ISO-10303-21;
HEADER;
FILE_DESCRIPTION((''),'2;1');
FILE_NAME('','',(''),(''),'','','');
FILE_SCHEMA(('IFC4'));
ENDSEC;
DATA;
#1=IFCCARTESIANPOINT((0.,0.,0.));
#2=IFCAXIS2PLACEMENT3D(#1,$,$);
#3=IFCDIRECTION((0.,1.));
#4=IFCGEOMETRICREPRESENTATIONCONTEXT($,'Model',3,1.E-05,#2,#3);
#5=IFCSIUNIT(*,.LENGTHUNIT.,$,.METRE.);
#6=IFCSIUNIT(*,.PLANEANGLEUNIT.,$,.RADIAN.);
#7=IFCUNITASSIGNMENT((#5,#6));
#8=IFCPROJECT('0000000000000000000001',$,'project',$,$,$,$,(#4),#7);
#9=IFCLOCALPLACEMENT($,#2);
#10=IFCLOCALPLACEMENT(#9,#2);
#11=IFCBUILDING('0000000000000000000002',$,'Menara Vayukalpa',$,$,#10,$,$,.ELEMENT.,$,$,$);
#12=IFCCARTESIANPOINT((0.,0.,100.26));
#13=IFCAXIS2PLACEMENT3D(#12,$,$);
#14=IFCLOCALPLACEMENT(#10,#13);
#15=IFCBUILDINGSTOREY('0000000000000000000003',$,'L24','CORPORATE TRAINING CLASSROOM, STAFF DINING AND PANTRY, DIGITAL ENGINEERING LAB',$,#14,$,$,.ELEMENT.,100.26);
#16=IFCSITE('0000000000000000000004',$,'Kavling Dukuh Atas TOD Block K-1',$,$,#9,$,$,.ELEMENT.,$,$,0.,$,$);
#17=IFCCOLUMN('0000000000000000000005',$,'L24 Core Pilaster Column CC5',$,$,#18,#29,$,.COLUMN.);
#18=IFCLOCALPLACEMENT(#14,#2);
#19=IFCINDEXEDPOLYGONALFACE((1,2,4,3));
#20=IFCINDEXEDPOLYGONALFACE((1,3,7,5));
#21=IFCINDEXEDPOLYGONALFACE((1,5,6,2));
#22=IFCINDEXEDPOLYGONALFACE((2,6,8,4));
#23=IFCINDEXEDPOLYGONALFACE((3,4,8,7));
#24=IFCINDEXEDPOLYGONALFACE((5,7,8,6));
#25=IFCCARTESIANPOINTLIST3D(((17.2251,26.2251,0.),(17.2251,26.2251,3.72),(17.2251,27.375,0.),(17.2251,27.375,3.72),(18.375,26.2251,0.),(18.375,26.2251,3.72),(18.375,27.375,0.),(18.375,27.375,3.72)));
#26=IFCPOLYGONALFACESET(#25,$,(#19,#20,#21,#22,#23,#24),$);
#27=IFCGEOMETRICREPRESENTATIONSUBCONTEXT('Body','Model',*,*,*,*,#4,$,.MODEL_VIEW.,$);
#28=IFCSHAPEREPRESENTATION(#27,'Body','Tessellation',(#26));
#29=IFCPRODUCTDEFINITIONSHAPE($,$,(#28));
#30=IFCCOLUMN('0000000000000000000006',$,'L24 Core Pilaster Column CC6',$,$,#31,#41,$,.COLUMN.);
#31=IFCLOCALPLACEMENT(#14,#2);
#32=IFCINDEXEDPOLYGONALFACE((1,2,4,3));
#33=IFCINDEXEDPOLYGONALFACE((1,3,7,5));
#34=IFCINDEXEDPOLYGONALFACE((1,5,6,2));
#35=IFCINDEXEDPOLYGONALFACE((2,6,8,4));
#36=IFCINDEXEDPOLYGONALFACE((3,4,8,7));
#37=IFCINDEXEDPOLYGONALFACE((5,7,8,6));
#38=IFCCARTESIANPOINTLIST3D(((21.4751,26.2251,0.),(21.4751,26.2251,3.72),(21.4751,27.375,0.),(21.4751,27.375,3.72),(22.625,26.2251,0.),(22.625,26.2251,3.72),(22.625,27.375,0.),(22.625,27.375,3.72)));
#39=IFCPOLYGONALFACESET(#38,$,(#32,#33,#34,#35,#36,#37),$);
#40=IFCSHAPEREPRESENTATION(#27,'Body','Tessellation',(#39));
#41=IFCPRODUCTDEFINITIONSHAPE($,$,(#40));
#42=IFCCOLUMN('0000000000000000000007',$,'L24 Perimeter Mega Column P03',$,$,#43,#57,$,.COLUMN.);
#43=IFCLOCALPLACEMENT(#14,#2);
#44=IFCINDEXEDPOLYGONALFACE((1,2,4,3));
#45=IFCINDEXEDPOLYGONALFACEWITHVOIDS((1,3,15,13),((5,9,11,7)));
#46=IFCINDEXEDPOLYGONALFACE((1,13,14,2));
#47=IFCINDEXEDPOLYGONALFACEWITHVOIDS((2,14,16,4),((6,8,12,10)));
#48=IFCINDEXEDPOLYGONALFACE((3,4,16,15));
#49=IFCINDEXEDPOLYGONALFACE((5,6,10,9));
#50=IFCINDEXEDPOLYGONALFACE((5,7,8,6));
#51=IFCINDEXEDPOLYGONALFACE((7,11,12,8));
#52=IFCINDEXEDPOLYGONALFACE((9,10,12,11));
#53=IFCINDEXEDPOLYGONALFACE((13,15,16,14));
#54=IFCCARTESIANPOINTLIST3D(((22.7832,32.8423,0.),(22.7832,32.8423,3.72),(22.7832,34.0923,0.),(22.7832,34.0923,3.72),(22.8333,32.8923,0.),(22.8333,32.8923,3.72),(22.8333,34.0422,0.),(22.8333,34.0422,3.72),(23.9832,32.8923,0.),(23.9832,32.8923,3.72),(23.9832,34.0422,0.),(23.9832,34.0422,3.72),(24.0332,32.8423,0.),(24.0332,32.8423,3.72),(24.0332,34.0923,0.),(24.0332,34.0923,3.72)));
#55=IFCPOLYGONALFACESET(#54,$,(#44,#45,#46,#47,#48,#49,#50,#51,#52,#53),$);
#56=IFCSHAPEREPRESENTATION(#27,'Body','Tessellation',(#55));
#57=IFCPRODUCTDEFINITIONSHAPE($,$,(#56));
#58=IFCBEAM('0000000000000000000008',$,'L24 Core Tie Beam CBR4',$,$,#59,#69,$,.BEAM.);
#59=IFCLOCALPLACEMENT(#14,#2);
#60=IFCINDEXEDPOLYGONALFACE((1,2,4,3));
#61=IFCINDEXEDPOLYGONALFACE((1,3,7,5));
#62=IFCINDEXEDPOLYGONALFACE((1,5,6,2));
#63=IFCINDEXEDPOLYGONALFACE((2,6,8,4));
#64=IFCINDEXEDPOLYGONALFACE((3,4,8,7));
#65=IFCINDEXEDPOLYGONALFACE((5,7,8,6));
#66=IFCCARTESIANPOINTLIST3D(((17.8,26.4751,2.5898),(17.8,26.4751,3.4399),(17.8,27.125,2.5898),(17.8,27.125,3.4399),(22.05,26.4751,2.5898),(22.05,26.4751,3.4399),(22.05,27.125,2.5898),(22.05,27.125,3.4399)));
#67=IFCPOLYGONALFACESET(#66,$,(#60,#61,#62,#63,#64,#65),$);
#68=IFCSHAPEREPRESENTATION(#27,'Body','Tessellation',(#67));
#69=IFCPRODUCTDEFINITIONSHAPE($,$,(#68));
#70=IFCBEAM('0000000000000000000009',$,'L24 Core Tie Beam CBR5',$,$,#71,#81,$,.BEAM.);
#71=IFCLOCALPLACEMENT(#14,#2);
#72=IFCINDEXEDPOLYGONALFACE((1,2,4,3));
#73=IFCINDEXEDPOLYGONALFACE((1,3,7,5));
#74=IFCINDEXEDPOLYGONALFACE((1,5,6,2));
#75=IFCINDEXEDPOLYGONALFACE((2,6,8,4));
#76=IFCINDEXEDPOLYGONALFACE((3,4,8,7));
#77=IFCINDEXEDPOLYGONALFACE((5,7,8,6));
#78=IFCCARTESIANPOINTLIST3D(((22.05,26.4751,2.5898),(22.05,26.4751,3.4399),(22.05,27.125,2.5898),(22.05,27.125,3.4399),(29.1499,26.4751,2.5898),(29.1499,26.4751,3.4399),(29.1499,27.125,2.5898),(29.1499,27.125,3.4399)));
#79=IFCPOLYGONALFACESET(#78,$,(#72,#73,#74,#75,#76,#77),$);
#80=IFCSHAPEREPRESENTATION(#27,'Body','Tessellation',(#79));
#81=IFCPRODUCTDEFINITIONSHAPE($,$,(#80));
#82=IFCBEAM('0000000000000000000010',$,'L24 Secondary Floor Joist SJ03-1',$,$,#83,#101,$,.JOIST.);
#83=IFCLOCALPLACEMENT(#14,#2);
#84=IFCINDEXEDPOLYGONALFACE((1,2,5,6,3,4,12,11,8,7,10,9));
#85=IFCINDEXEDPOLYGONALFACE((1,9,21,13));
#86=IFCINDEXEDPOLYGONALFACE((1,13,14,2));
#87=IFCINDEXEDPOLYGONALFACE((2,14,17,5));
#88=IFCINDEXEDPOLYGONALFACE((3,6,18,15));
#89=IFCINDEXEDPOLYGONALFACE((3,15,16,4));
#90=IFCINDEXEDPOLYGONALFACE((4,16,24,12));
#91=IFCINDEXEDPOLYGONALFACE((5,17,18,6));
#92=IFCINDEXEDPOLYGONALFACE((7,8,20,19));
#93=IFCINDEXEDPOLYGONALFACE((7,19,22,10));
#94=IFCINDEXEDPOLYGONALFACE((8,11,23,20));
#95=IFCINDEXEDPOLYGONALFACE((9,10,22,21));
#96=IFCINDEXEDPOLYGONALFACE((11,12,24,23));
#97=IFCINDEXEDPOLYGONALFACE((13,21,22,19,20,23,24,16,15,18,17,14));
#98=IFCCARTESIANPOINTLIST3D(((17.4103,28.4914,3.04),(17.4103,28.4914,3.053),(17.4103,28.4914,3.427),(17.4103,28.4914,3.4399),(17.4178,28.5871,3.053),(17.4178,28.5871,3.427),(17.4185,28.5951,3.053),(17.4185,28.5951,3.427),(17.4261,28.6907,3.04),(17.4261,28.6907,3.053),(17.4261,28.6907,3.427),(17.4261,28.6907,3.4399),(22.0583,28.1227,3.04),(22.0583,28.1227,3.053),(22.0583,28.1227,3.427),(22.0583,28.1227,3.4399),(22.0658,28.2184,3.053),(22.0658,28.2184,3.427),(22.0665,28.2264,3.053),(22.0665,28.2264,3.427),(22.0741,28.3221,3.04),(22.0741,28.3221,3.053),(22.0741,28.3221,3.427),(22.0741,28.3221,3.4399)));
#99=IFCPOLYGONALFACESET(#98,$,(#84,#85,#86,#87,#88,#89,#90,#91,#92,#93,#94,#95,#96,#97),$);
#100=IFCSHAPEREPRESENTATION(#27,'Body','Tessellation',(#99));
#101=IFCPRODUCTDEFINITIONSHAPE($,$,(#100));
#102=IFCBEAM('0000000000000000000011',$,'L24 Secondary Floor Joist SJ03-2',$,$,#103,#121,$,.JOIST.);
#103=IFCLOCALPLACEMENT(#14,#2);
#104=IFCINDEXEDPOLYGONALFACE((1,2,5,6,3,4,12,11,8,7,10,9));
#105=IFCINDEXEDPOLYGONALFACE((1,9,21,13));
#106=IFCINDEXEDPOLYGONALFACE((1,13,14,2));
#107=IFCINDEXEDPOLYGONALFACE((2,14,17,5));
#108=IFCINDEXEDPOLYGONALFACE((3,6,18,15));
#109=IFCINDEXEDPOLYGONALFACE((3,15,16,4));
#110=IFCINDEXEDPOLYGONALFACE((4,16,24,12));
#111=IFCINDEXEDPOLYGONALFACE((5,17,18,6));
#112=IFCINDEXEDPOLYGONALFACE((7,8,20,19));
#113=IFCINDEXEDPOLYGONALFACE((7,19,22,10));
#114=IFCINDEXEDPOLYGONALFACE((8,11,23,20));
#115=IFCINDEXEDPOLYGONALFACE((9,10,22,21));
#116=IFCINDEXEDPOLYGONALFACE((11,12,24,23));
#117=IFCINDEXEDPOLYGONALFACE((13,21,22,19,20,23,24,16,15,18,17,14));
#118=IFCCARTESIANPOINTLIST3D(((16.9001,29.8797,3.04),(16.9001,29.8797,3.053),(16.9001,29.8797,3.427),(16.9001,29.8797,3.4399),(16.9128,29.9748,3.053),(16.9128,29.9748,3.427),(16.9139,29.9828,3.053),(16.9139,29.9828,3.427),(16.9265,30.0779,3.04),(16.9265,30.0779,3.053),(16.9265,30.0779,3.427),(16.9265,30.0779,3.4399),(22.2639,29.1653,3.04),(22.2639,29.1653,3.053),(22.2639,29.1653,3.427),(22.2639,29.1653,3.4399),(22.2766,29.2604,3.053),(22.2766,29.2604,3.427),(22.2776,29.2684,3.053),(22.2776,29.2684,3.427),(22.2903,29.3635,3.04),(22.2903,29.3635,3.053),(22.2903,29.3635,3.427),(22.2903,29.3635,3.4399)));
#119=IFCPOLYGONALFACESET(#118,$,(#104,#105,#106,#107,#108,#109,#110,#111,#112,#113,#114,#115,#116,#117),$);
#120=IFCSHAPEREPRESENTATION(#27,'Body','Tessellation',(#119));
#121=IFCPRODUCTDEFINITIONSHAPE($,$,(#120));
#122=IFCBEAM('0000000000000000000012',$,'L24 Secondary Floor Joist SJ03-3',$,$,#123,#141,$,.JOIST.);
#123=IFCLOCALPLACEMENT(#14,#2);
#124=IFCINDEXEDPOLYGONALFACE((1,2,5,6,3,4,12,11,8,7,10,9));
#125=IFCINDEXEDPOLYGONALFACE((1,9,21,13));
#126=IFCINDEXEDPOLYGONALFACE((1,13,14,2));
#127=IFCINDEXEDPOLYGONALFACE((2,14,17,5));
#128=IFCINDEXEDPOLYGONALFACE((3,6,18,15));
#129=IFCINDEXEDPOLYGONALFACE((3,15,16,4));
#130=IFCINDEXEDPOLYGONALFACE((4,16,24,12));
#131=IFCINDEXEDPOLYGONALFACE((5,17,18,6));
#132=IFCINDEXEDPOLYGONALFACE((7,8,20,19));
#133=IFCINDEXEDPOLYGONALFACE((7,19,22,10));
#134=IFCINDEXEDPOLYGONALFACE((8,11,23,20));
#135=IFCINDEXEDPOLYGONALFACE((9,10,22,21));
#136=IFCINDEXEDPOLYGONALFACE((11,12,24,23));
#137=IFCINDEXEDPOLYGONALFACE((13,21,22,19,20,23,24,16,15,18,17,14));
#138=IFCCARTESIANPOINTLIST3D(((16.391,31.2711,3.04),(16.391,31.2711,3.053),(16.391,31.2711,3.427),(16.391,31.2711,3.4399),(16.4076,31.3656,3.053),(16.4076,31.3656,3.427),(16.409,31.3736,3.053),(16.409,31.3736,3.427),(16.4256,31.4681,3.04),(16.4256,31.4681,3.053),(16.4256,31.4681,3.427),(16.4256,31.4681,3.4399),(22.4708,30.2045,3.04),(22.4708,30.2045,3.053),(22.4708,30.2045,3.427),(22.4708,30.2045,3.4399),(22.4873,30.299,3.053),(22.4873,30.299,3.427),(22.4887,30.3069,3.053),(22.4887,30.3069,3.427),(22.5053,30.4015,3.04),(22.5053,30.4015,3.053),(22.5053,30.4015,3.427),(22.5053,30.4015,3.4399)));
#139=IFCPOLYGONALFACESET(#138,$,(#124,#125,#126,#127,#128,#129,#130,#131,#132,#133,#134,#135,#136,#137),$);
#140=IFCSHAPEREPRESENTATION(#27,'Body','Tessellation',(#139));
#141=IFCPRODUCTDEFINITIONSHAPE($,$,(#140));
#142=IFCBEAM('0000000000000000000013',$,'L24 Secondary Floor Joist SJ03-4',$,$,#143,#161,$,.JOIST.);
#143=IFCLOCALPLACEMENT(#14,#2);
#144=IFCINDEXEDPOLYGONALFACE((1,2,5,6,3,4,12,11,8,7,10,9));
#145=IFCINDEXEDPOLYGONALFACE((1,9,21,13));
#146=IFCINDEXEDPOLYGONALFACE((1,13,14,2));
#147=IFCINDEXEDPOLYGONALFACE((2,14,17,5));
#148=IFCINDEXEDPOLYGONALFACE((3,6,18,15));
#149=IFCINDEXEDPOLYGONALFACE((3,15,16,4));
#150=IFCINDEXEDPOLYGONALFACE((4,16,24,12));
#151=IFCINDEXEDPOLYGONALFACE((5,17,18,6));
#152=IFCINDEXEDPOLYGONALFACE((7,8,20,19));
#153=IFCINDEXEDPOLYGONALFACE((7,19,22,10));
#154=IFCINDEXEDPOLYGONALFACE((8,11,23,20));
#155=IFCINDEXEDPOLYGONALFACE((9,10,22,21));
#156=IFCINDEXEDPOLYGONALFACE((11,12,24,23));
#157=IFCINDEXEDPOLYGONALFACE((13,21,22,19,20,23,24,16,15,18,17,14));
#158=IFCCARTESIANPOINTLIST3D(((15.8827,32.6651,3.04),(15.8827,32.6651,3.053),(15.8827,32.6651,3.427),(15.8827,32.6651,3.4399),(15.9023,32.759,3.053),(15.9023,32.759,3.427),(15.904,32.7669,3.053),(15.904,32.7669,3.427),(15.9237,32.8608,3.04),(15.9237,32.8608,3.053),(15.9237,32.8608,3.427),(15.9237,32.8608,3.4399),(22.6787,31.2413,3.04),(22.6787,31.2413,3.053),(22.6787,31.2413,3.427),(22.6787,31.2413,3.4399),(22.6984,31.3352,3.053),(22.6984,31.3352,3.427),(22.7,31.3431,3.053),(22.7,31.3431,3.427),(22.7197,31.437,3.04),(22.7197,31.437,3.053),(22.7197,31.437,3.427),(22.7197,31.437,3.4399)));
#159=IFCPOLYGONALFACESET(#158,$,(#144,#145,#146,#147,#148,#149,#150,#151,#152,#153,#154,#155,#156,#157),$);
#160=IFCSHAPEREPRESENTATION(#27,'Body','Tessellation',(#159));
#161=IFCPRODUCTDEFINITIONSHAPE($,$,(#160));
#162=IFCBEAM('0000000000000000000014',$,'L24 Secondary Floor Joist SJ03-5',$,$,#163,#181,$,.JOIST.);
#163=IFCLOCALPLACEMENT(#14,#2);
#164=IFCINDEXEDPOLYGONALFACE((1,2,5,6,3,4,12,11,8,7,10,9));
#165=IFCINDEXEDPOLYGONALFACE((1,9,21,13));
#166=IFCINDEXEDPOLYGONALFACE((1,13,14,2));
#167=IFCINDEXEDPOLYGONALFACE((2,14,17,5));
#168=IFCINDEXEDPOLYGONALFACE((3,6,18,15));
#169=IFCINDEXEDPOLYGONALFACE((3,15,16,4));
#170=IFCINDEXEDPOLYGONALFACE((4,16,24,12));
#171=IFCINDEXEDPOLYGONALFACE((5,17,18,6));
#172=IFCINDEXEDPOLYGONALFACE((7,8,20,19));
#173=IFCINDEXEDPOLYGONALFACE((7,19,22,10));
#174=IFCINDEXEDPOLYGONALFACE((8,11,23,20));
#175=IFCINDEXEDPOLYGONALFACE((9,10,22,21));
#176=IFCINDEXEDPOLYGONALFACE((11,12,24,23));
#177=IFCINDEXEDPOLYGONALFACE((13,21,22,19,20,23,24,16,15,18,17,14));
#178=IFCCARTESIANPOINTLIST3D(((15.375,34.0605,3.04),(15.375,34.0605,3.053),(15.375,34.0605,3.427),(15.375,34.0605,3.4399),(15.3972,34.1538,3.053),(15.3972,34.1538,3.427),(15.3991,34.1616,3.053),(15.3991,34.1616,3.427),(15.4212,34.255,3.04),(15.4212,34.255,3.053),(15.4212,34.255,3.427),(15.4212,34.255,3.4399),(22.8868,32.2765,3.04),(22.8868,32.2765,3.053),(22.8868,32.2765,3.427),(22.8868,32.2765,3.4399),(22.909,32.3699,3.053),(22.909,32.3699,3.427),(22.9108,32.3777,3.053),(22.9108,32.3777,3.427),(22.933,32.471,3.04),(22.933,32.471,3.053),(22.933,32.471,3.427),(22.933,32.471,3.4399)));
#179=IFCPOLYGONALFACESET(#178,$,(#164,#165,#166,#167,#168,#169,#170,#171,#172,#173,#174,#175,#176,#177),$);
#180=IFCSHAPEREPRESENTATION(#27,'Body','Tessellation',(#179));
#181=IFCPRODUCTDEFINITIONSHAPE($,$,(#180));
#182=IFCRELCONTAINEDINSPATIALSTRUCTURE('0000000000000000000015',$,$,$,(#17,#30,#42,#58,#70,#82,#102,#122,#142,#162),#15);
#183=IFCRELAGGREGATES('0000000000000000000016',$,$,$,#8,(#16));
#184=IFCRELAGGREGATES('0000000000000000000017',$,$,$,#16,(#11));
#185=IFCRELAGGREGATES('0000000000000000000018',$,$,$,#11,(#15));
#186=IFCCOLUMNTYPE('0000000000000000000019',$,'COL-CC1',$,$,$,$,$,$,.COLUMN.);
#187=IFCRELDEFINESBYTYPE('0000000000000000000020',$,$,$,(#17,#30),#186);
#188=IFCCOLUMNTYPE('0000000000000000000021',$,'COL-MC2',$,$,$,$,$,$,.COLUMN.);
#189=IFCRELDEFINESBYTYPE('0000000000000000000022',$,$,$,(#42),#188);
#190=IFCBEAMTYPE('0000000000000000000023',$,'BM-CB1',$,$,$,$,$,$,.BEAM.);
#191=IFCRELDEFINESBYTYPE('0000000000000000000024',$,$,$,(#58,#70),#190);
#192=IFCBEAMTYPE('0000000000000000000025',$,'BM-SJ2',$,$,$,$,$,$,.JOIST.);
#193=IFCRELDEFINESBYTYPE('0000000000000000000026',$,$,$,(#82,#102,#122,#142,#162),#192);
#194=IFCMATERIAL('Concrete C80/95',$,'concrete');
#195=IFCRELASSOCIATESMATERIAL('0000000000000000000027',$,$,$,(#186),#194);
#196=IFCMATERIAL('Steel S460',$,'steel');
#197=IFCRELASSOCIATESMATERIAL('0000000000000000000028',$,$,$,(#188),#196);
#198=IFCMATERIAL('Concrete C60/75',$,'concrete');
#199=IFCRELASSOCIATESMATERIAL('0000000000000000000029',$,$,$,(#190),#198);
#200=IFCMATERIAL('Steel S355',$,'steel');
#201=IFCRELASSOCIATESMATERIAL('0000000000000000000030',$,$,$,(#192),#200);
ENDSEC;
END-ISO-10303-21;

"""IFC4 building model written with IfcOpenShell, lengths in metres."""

from ifc_helpers import new_model, si_unit, direction, frame, origin, origin_2d, place, context, subcontext, project, spatial, rectangle, hollow_rectangle, i_section, extrude, material, material_profile, profile_set, type_object, element, save


model = new_model("IFC4")

# Units and contexts
model_context = context("Model", 3, precision=1e-05, world=origin(), true_north=direction((0.0, 1.0)))
body_context = subcontext(model_context, "Body", "Model", "MODEL_VIEW")
ifc_project = project(units=[si_unit("LENGTHUNIT", "METRE"), si_unit("PLANEANGLEUNIT", "RADIAN")], contexts=[model_context])

# Site, building, storey
site_placement = place(None, origin())
site = spatial("IfcSite", under=ifc_project, at=site_placement, Name="Kavling Dukuh Atas TOD Block K-1", CompositionType="ELEMENT", RefElevation=0.0)
building_placement = place(site_placement, origin())
building = spatial("IfcBuilding", under=site, at=building_placement, Name="Menara Vayukalpa", CompositionType="ELEMENT")
storey_placement = place(building_placement, frame((0.0, 0.0, 100.26)))
storey = spatial("IfcBuildingStorey", under=building, at=storey_placement, Name="L24", Description="CORPORATE TRAINING CLASSROOM, STAFF DINING AND PANTRY, DIGITAL ENGINEERING LAB", CompositionType="ELEMENT", Elevation=100.26)

# Columns
ifc_material_1 = material(Name="Concrete C80/95", Category="concrete")
ifc_material_profile_1 = material_profile(ifc_material_1, rectangle(XDim=1.1499, YDim=1.1499, at=origin_2d()), Name="RC 1150x1150")
ifc_profile_set_1 = profile_set([ifc_material_profile_1], Name="Concrete C80/95")
column_type_1 = type_object("IfcColumnType", Name="COL-CC1", PredefinedType="COLUMN", material=ifc_profile_set_1)
for number, where, z_axis, x_axis, name in (
    (1, (17.8, 26.8, 0.0), (0.0, 0.0, 1.0), (1.0, 0.0, 0.0), "L24 Core Pilaster Column CC5"),
    (2, (22.05, 26.8, 0.0), (0.0, 0.0, 1.0), (1.0, 0.0, 0.0), "L24 Core Pilaster Column CC6"),
):
    element("IfcColumn", number, at=place(storey_placement, frame(where, z_axis=z_axis, x_axis=x_axis)), inside=storey, type_object=column_type_1, Name=name, PredefinedType="COLUMN", context=body_context, shape_type="SweptSolid", body=[
        extrude(rectangle(XDim=1.1499, YDim=1.1499, at=origin_2d()), origin(), (0.0, 0.0, 1.0), 3.72),
    ])
ifc_material_2 = material(Name="Steel S460", Category="steel")
ifc_material_profile_2 = material_profile(ifc_material_2, hollow_rectangle(XDim=1.25, YDim=1.25, WallThickness=0.05, at=origin_2d()), Name="BOX 1250x1250x50")
ifc_profile_set_2 = profile_set([ifc_material_profile_2], Name="Steel S460")
column_type_2 = type_object("IfcColumnType", Name="COL-MC2", PredefinedType="COLUMN", material=ifc_profile_set_2)
column_placement = place(storey_placement, frame((23.4082, 33.4673, 0.0), z_axis=(0.0, 0.0, 1.0), x_axis=(1.0, 0.0, 0.0)))
element("IfcColumn", 3, at=column_placement, inside=storey, type_object=column_type_2, Name="L24 Perimeter Mega Column P03", PredefinedType="COLUMN", context=body_context, shape_type="SweptSolid", body=[
    extrude(hollow_rectangle(XDim=1.25, YDim=1.25, WallThickness=0.05, at=origin_2d()), origin(), (0.0, 0.0, 1.0), 3.72),
])

# Beams
ifc_material_3 = material(Name="Concrete C60/75", Category="concrete")
ifc_material_profile_3 = material_profile(ifc_material_3, rectangle(XDim=0.6499, YDim=0.8501, at=origin_2d()), Name="RC 650x850")
ifc_profile_set_3 = profile_set([ifc_material_profile_3], Name="Concrete C60/75")
beam_type_1 = type_object("IfcBeamType", Name="BM-CB1", PredefinedType="BEAM", material=ifc_profile_set_3)
beam_1_placement = place(storey_placement, frame((17.8, 26.8, 3.0149), z_axis=(1.0, 0.0, 0.0), x_axis=(0.0, 1.0, 0.0)))
element("IfcBeam", 4, at=beam_1_placement, inside=storey, type_object=beam_type_1, Name="L24 Core Tie Beam CBR4", PredefinedType="BEAM", context=body_context, shape_type="SweptSolid", body=[
    extrude(rectangle(XDim=0.6499, YDim=0.8501, at=origin_2d()), origin(), (0.0, 0.0, 1.0), 4.25),
])
beam_2_placement = place(storey_placement, frame((22.05, 26.8, 3.0149), z_axis=(1.0, 0.0, 0.0), x_axis=(0.0, 1.0, 0.0)))
element("IfcBeam", 5, at=beam_2_placement, inside=storey, type_object=beam_type_1, Name="L24 Core Tie Beam CBR5", PredefinedType="BEAM", context=body_context, shape_type="SweptSolid", body=[
    extrude(rectangle(XDim=0.6499, YDim=0.8501, at=origin_2d()), origin(), (0.0, 0.0, 1.0), 7.0999),
])
ifc_material_4 = material(Name="Steel S355", Category="steel")
ifc_material_profile_4 = material_profile(ifc_material_4, i_section(OverallWidth=0.2, OverallDepth=0.3999, WebThickness=0.0081, FlangeThickness=0.0129, at=origin_2d()), Name="WF 400x200x8x13")
ifc_profile_set_4 = profile_set([ifc_material_profile_4], Name="Steel S355")
beam_type_2 = type_object("IfcBeamType", Name="BM-SJ2", PredefinedType="JOIST", material=ifc_profile_set_4)
beam_3_placement = place(storey_placement, frame((22.0662, 28.2224, 3.24), z_axis=(-0.996869, 0.079067, 0.0), x_axis=(-0.079067, -0.996869, 0.0)))
element("IfcBeam", 6, at=beam_3_placement, inside=storey, type_object=beam_type_2, Name="L24 Secondary Floor Joist SJ03-1", PredefinedType="JOIST", context=body_context, shape_type="SweptSolid", body=[
    extrude(i_section(OverallWidth=0.2, OverallDepth=0.3999, WebThickness=0.0081, FlangeThickness=0.0129, at=origin_2d()), origin(), (0.0, 0.0, 1.0), 4.6626),
])
beam_4_placement = place(storey_placement, frame((22.2771, 29.2644, 3.24), z_axis=(-0.991248, 0.132016, 0.0), x_axis=(-0.132016, -0.991248, 0.0)))
element("IfcBeam", 7, at=beam_4_placement, inside=storey, type_object=beam_type_2, Name="L24 Secondary Floor Joist SJ03-2", PredefinedType="JOIST", context=body_context, shape_type="SweptSolid", body=[
    extrude(i_section(OverallWidth=0.2, OverallDepth=0.3999, WebThickness=0.0081, FlangeThickness=0.0129, at=origin_2d()), origin(), (0.0, 0.0, 1.0), 5.4111),
])
beam_5_placement = place(storey_placement, frame((22.488, 30.303, 3.24), z_axis=(-0.984957, 0.172801, 0.0), x_axis=(-0.172801, -0.984957, 0.0)))
element("IfcBeam", 8, at=beam_5_placement, inside=storey, type_object=beam_type_2, Name="L24 Secondary Floor Joist SJ03-3", PredefinedType="JOIST", context=body_context, shape_type="SweptSolid", body=[
    extrude(i_section(OverallWidth=0.2, OverallDepth=0.3999, WebThickness=0.0081, FlangeThickness=0.0129, at=origin_2d()), origin(), (0.0, 0.0, 1.0), 6.1726),
])
beam_6_placement = place(storey_placement, frame((22.6992, 31.3391, 3.24), z_axis=(-0.978751, 0.205054, 0.0), x_axis=(-0.205054, -0.978751, 0.0)))
element("IfcBeam", 9, at=beam_6_placement, inside=storey, type_object=beam_type_2, Name="L24 Secondary Floor Joist SJ03-4", PredefinedType="JOIST", context=body_context, shape_type="SweptSolid", body=[
    extrude(i_section(OverallWidth=0.2, OverallDepth=0.3999, WebThickness=0.0081, FlangeThickness=0.0129, at=origin_2d()), origin(), (0.0, 0.0, 1.0), 6.9436),
])
beam_7_placement = place(storey_placement, frame((22.9099, 32.3738, 3.24), z_axis=(-0.972939, 0.23106, 0.0), x_axis=(-0.23106, -0.972939, 0.0)))
element("IfcBeam", 10, at=beam_7_placement, inside=storey, type_object=beam_type_2, Name="L24 Secondary Floor Joist SJ03-5", PredefinedType="JOIST", context=body_context, shape_type="SweptSolid", body=[
    extrude(i_section(OverallWidth=0.2, OverallDepth=0.3999, WebThickness=0.0081, FlangeThickness=0.0129, at=origin_2d()), origin(), (0.0, 0.0, 1.0), 7.7207),
])

save(model, "model.ifc")
